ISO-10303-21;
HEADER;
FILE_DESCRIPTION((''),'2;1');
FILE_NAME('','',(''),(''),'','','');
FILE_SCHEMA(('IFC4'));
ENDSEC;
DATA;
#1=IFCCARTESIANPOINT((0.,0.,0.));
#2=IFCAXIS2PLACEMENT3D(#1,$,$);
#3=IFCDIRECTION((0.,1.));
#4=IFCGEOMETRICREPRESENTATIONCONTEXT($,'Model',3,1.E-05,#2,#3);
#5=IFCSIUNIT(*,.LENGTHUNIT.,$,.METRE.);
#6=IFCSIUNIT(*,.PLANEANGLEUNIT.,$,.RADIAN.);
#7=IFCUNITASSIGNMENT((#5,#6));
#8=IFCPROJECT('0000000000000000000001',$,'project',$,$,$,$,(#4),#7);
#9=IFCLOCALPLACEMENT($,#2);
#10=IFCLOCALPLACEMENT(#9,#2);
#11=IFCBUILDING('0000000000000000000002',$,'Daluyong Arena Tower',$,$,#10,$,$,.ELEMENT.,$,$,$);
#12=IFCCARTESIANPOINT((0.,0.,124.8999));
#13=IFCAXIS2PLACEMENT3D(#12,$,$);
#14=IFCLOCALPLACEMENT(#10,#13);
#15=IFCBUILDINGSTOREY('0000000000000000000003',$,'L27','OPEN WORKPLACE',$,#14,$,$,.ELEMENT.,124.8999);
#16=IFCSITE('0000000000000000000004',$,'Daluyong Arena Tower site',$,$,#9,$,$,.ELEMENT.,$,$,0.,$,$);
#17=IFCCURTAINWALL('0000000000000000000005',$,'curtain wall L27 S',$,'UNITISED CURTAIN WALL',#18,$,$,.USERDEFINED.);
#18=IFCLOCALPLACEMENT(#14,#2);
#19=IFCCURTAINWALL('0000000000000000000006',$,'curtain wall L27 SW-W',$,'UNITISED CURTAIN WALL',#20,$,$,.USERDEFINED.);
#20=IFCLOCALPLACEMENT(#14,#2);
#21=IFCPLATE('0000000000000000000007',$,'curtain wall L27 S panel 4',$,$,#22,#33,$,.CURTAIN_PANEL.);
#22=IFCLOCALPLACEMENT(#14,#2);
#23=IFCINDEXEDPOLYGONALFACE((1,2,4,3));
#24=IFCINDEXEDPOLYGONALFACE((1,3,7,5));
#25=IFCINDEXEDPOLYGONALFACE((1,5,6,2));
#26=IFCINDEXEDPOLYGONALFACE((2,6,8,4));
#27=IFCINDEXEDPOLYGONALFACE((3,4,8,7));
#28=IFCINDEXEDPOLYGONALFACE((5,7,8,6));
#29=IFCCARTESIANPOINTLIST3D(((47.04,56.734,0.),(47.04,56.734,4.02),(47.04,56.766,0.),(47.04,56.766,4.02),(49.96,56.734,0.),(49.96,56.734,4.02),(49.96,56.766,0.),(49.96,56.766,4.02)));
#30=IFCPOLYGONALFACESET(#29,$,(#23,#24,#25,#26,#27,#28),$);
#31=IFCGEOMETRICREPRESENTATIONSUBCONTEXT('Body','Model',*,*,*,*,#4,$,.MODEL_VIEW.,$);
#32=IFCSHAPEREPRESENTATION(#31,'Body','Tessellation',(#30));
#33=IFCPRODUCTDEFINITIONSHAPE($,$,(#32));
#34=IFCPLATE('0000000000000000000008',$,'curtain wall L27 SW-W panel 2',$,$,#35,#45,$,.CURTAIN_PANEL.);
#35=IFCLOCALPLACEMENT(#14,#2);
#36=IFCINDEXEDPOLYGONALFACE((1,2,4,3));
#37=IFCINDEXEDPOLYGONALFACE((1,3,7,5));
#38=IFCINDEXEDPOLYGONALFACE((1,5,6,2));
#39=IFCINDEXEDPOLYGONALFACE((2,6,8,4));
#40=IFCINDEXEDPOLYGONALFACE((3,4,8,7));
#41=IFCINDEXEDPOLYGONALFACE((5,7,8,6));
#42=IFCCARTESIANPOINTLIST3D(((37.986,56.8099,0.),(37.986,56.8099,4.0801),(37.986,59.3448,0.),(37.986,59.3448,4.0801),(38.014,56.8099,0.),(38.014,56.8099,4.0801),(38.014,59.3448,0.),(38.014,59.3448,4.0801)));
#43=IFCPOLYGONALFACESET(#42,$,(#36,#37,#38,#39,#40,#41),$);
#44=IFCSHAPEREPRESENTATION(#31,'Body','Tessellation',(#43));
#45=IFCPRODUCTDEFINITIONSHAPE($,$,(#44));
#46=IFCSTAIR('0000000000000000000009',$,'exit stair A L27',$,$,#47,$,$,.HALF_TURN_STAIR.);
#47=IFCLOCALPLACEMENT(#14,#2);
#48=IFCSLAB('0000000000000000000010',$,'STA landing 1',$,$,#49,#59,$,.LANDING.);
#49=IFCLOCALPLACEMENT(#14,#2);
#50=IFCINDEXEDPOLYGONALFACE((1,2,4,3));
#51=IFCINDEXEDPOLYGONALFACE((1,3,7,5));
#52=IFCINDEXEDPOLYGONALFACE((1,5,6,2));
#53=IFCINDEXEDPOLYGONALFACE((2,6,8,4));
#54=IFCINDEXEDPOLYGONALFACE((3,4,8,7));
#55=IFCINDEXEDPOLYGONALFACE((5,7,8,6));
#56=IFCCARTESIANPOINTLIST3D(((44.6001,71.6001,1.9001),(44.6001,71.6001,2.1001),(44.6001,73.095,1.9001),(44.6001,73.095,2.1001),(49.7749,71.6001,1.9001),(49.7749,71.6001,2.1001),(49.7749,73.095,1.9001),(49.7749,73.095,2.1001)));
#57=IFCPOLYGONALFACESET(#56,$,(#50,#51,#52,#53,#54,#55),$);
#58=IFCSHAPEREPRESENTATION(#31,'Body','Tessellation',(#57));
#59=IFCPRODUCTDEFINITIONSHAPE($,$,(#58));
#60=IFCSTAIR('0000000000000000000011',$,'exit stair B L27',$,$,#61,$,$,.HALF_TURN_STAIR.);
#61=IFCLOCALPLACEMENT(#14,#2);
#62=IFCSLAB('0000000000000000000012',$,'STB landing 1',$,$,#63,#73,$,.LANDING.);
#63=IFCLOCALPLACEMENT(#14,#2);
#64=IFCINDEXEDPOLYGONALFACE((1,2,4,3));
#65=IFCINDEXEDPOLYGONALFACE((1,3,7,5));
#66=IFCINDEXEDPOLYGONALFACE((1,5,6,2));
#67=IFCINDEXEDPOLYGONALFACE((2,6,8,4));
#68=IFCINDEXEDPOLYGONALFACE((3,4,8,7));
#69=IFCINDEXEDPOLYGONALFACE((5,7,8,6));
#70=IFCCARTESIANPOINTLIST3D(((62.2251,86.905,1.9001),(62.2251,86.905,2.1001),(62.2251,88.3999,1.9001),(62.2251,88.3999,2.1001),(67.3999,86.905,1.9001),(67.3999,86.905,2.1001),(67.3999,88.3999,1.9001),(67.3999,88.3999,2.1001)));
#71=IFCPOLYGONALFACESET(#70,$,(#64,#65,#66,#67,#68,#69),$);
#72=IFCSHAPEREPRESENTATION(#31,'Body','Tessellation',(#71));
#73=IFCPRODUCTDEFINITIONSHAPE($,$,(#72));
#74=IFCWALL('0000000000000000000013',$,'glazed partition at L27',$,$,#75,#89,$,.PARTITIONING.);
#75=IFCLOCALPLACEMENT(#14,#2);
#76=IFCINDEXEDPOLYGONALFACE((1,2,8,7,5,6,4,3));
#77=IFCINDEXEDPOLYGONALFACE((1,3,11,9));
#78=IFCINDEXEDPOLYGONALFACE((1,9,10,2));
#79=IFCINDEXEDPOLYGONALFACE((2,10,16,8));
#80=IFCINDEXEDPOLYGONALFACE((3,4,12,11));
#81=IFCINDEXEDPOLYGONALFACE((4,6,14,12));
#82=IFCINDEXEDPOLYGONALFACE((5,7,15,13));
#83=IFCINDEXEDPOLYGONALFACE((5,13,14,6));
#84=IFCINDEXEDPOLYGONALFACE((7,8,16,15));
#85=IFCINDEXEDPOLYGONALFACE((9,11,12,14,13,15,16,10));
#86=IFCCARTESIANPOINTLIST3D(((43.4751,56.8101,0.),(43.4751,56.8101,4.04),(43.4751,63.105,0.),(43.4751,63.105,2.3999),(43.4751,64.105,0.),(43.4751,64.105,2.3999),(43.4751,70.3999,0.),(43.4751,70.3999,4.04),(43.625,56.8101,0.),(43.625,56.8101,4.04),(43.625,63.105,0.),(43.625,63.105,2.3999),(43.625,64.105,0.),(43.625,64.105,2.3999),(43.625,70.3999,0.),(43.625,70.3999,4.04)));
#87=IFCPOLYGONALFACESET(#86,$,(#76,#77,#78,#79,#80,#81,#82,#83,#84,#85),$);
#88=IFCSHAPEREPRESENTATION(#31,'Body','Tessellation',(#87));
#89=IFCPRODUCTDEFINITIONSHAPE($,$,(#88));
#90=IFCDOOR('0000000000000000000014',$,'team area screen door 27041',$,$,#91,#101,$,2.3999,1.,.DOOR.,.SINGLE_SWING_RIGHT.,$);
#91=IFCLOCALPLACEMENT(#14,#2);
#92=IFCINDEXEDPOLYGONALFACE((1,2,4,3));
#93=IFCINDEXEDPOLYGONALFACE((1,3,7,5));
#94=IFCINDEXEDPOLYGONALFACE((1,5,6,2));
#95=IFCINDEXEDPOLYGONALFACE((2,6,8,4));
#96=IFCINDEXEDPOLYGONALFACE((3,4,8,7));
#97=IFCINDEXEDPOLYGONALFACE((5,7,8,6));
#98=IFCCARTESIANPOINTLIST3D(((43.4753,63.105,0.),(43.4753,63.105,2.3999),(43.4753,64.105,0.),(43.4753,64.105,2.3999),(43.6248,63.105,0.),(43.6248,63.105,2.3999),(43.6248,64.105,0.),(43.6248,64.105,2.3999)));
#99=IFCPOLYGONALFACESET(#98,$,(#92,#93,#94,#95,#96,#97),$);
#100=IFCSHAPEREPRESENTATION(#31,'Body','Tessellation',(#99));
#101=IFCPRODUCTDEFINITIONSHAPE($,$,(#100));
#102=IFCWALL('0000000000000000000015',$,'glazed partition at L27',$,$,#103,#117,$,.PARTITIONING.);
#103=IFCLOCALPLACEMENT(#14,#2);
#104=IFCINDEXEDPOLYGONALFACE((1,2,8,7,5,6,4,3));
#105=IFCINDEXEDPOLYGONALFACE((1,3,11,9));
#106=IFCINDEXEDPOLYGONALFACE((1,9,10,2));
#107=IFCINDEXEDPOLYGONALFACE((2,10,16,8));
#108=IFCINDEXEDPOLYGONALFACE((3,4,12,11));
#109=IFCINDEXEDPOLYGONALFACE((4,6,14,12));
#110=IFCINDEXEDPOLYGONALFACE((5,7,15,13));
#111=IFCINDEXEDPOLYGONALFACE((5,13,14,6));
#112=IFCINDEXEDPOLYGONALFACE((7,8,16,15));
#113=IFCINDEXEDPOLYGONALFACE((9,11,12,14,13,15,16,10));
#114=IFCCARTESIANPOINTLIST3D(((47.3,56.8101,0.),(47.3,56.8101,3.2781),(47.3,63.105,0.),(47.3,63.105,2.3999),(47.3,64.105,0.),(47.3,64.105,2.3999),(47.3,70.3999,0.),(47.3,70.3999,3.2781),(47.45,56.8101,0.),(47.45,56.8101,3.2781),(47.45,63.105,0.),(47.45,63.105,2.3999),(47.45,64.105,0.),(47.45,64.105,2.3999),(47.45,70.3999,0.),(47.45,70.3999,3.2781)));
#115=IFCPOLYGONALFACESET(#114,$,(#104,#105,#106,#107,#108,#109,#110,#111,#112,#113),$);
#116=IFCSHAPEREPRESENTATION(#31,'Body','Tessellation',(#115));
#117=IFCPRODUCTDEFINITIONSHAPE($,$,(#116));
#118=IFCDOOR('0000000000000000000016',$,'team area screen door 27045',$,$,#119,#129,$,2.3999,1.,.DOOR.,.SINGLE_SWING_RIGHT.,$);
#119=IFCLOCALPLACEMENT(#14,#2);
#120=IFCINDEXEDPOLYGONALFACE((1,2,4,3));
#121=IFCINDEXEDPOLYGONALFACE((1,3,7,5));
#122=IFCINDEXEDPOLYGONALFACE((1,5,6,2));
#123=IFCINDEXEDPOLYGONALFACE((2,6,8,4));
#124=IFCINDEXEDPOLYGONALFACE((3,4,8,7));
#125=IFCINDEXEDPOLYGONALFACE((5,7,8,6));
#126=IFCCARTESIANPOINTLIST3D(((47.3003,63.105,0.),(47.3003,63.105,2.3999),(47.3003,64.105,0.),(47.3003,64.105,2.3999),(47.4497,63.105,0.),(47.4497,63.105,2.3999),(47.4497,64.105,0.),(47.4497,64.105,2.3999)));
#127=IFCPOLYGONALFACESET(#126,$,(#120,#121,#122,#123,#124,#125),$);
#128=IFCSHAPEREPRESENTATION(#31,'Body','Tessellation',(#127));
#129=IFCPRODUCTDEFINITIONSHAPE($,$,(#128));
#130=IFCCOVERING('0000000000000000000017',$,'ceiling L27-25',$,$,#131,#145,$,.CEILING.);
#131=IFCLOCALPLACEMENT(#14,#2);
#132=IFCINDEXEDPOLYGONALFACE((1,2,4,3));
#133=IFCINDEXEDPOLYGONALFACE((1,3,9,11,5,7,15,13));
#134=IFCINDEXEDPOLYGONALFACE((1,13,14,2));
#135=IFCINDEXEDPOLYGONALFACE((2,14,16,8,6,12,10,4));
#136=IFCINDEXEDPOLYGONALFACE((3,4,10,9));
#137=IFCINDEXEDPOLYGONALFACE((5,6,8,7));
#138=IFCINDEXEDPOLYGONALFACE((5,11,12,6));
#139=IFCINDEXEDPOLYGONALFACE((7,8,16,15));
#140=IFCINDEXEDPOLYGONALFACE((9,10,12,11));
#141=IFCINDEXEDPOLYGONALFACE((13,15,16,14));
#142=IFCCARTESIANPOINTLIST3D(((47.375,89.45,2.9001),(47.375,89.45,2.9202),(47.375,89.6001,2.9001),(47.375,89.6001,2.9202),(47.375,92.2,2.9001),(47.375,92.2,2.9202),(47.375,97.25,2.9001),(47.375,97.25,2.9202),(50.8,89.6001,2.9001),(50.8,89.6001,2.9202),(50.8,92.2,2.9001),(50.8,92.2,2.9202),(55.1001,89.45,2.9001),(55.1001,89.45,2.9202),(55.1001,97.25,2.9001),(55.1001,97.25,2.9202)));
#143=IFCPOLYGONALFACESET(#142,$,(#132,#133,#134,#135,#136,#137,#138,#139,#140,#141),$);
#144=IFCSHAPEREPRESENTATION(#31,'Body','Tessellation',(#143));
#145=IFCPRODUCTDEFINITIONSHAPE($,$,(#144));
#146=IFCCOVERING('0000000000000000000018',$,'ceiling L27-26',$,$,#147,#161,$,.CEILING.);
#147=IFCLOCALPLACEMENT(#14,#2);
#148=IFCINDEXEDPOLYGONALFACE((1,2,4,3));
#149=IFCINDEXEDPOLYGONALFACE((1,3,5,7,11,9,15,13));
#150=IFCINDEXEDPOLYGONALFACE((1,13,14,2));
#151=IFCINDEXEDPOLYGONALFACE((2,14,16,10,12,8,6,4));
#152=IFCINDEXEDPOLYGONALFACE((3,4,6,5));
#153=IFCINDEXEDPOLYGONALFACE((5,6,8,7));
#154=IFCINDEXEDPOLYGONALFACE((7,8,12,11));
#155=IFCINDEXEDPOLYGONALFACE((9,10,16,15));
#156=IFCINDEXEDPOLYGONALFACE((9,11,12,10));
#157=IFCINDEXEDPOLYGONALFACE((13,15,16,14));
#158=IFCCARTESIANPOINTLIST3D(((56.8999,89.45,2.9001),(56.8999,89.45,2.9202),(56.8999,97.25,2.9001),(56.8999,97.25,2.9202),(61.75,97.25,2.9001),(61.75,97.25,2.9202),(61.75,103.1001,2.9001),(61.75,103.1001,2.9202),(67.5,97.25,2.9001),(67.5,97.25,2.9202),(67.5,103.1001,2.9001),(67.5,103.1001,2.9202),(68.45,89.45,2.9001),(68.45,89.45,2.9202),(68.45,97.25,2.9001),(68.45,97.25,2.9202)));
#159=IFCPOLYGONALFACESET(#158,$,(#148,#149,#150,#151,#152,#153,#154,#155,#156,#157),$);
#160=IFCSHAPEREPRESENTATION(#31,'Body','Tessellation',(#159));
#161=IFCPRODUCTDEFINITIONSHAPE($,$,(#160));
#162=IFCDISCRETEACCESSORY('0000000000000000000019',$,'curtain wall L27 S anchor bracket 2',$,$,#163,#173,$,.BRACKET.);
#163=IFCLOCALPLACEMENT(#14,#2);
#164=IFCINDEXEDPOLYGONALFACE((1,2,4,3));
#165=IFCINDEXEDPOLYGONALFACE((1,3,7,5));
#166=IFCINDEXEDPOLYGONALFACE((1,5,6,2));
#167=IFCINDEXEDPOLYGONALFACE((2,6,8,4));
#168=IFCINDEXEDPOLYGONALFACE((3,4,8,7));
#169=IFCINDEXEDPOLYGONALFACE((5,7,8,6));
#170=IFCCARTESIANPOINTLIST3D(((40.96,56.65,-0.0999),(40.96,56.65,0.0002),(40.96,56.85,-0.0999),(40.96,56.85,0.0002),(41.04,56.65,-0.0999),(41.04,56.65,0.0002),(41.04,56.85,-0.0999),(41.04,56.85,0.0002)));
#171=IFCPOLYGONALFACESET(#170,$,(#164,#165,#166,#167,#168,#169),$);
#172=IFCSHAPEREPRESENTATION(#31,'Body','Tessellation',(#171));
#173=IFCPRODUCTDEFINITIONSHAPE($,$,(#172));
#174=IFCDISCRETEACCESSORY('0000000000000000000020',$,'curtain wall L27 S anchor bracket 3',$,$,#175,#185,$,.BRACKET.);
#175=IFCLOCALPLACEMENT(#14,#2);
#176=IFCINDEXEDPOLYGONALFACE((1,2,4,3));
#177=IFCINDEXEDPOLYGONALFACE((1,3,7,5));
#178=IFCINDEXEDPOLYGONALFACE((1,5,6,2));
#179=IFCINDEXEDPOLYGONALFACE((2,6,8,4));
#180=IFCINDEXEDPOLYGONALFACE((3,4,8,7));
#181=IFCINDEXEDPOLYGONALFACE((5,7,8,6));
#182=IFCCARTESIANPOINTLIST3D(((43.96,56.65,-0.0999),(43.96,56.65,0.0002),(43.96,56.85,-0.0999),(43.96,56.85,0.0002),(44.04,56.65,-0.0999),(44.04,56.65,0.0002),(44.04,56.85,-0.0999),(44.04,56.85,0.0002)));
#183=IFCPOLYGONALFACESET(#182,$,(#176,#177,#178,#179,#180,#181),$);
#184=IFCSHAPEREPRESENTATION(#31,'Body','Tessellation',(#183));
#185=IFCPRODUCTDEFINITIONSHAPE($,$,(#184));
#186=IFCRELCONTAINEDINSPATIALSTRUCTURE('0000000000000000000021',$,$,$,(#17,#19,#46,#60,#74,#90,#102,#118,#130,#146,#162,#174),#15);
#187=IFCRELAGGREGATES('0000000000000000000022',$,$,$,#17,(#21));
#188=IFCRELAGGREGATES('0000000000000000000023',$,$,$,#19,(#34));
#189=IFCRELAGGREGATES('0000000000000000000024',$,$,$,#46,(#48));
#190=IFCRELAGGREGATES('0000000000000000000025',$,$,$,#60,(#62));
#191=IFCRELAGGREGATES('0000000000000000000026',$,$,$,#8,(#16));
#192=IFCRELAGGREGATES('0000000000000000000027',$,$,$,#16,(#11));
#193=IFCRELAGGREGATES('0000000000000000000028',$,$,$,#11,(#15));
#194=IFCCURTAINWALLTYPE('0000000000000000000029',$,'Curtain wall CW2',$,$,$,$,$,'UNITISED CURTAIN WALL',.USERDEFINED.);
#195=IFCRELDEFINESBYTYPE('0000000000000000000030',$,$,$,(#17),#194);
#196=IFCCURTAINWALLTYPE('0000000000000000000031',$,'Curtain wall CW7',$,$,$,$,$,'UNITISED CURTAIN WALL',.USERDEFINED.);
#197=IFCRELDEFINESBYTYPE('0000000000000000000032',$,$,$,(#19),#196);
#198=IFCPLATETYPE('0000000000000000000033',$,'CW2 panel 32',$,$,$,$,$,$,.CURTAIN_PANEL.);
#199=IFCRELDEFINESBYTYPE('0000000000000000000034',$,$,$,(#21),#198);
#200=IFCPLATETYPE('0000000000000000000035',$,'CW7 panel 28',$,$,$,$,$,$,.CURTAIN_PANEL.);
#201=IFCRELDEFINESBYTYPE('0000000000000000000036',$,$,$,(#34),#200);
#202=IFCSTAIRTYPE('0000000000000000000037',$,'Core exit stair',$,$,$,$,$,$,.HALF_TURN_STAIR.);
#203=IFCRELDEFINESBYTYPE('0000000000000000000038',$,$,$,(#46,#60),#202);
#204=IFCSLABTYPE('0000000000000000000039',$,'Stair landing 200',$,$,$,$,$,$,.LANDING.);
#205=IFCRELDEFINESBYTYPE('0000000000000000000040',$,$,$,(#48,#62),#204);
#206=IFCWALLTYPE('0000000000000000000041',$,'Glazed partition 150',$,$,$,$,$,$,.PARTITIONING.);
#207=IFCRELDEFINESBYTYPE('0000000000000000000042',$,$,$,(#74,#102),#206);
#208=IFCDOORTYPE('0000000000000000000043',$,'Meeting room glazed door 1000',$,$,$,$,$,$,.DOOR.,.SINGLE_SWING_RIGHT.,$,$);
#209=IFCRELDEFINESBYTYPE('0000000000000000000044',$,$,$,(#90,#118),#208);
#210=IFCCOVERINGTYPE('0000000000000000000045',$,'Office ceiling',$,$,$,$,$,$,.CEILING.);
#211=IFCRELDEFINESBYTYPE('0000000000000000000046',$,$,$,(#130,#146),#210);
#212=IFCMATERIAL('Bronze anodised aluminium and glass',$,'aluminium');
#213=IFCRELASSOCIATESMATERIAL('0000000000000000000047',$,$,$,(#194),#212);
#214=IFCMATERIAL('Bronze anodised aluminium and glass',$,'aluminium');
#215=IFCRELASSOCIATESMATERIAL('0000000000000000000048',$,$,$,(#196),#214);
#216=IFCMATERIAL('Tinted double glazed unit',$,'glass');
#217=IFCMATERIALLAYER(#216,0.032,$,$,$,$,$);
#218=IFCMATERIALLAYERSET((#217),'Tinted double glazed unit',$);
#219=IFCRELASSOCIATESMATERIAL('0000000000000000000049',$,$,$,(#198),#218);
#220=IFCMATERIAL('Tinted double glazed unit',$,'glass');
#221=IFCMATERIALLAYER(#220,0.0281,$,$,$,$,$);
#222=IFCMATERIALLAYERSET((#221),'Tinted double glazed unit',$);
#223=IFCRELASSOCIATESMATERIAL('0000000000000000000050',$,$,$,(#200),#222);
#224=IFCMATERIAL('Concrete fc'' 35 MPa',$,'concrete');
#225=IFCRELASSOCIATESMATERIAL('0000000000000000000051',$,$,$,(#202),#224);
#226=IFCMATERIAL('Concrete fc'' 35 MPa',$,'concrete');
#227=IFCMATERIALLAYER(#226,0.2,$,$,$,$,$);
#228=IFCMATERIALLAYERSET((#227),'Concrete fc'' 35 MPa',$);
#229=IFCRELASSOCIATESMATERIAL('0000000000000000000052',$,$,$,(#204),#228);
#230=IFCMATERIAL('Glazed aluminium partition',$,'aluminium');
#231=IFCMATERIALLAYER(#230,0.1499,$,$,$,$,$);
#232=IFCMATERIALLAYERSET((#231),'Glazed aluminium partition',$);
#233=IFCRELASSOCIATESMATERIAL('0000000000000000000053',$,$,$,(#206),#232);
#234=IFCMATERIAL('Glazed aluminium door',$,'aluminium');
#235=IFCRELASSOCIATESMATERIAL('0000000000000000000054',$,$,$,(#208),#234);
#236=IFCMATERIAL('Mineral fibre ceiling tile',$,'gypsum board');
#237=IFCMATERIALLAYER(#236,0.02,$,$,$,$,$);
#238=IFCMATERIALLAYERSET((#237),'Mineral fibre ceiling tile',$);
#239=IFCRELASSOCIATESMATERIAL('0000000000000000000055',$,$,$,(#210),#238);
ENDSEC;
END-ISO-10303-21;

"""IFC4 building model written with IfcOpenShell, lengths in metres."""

from ifc_helpers import new_model, si_unit, direction, frame, frame_2d, origin, origin_2d, place, context, subcontext, project, spatial, polyline, rectangle, outline, extrude, material, layer, layer_set, type_object, element, fill, aggregate, save


model = new_model("IFC4")

# Units and contexts
model_context = context("Model", 3, precision=1e-05, world=origin(), true_north=direction((0.0, 1.0)))
body_context = subcontext(model_context, "Body", "Model", "MODEL_VIEW")
ifc_project = project(units=[si_unit("LENGTHUNIT", "METRE"), si_unit("PLANEANGLEUNIT", "RADIAN")], contexts=[model_context])

# Site, building, storey
site_placement = place(None, origin())
site = spatial("IfcSite", under=ifc_project, at=site_placement, Name="Daluyong Arena Tower site", CompositionType="ELEMENT", RefElevation=0.0)
building_placement = place(site_placement, origin())
building = spatial("IfcBuilding", under=site, at=building_placement, Name="Daluyong Arena Tower", CompositionType="ELEMENT")
storey_placement = place(building_placement, frame((0.0, 0.0, 124.8999)))
storey = spatial("IfcBuildingStorey", under=building, at=storey_placement, Name="L27", Description="OPEN WORKPLACE", CompositionType="ELEMENT", Elevation=124.8999)

# Curtain wall
ifc_material_1 = material(Name="Bronze anodised aluminium and glass", Category="aluminium")
curtain_wall_type_1 = type_object("IfcCurtainWallType", Name="Curtain wall CW2", ElementType="UNITISED CURTAIN WALL", PredefinedType="USERDEFINED", material=ifc_material_1)
curtain_wall_1_placement = place(storey_placement, origin())
curtain_wall_1 = element("IfcCurtainWall", 1, at=curtain_wall_1_placement, inside=storey, type_object=curtain_wall_type_1, Name="curtain wall L27 S", ObjectType="UNITISED CURTAIN WALL", PredefinedType="USERDEFINED")

# Curtain wall
ifc_material_2 = material(Name="Bronze anodised aluminium and glass", Category="aluminium")
curtain_wall_type_2 = type_object("IfcCurtainWallType", Name="Curtain wall CW7", ElementType="UNITISED CURTAIN WALL", PredefinedType="USERDEFINED", material=ifc_material_2)
curtain_wall_2_placement = place(storey_placement, origin())
curtain_wall_2 = element("IfcCurtainWall", 2, at=curtain_wall_2_placement, inside=storey, type_object=curtain_wall_type_2, Name="curtain wall L27 SW-W", ObjectType="UNITISED CURTAIN WALL", PredefinedType="USERDEFINED")

# Plates
ifc_material_3 = material(Name="Tinted double glazed unit", Category="glass")
ifc_layer_1 = layer(ifc_material_3, 0.032)
ifc_layer_set_1 = layer_set([ifc_layer_1], Name="Tinted double glazed unit")
plate_type_1 = type_object("IfcPlateType", Name="CW2 panel 32", PredefinedType="CURTAIN_PANEL", material=ifc_layer_set_1)
plate_1_placement = place(storey_placement, frame((48.5, 56.75, 0.0), z_axis=(0.0, 0.0, 1.0), x_axis=(1.0, 0.0, 0.0)))
plate_1 = element("IfcPlate", 3, at=plate_1_placement, type_object=plate_type_1, Name="curtain wall L27 S panel 4", PredefinedType="CURTAIN_PANEL", context=body_context, shape_type="SweptSolid", body=[
    extrude(rectangle(XDim=2.9199, YDim=0.032, at=origin_2d()), origin(), (0.0, 0.0, 1.0), 4.02),
])
aggregate(curtain_wall_1, [plate_1])
ifc_material_4 = material(Name="Tinted double glazed unit", Category="glass")
ifc_layer_2 = layer(ifc_material_4, 0.0281)
ifc_layer_set_2 = layer_set([ifc_layer_2], Name="Tinted double glazed unit")
plate_type_2 = type_object("IfcPlateType", Name="CW7 panel 28", PredefinedType="CURTAIN_PANEL", material=ifc_layer_set_2)
plate_2_placement = place(storey_placement, frame((38.0, 58.0774, 0.0), z_axis=(0.0, 0.0, 1.0), x_axis=(0.0, -1.0, 0.0)))
plate_2 = element("IfcPlate", 4, at=plate_2_placement, type_object=plate_type_2, Name="curtain wall L27 SW-W panel 2", PredefinedType="CURTAIN_PANEL", context=body_context, shape_type="SweptSolid", body=[
    extrude(rectangle(XDim=2.5349, YDim=0.0281, at=origin_2d()), origin(), (0.0, 0.0, 1.0), 4.0801),
])
aggregate(curtain_wall_2, [plate_2])

# Stairs, slabs
ifc_material_5 = material(Name="Concrete fc' 35 MPa", Category="concrete")
stair_type = type_object("IfcStairType", Name="Core exit stair", PredefinedType="HALF_TURN_STAIR", material=ifc_material_5)
stair_1_placement = place(storey_placement, origin())
stair_1 = element("IfcStair", 5, at=stair_1_placement, inside=storey, type_object=stair_type, Name="exit stair A L27", PredefinedType="HALF_TURN_STAIR")
ifc_material_6 = material(Name="Concrete fc' 35 MPa", Category="concrete")
ifc_layer_3 = layer(ifc_material_6, 0.2)
ifc_layer_set_3 = layer_set([ifc_layer_3], Name="Concrete fc' 35 MPa")
slab_type = type_object("IfcSlabType", Name="Stair landing 200", PredefinedType="LANDING", material=ifc_layer_set_3)
slab_1_placement = place(storey_placement, frame((0.0, 0.0, 1.9001)))
slab_1 = element("IfcSlab", 6, at=slab_1_placement, type_object=slab_type, Name="STA landing 1", PredefinedType="LANDING", context=body_context, shape_type="SweptSolid", body=[
    extrude(outline(polyline([(44.6001, 71.6001), (49.7749, 71.6001), (49.7749, 73.095), (44.6001, 73.095), (44.6001, 71.6001)])), origin(), (0.0, 0.0, 1.0), 0.2),
])
aggregate(stair_1, [slab_1])
stair_2_placement = place(storey_placement, origin())
stair_2 = element("IfcStair", 7, at=stair_2_placement, inside=storey, type_object=stair_type, Name="exit stair B L27", PredefinedType="HALF_TURN_STAIR")
slab_2_placement = place(storey_placement, frame((0.0, 0.0, 1.9001)))
slab_2 = element("IfcSlab", 8, at=slab_2_placement, type_object=slab_type, Name="STB landing 1", PredefinedType="LANDING", context=body_context, shape_type="SweptSolid", body=[
    extrude(outline(polyline([(62.2251, 86.905), (67.3999, 86.905), (67.3999, 88.3999), (62.2251, 88.3999), (62.2251, 86.905)])), origin(), (0.0, 0.0, 1.0), 0.2),
])
aggregate(stair_2, [slab_2])

# Walls, openings, doors
ifc_material_7 = material(Name="Glazed aluminium partition", Category="aluminium")
ifc_layer_4 = layer(ifc_material_7, 0.1499)
ifc_layer_set_4 = layer_set([ifc_layer_4], Name="Glazed aluminium partition")
wall_type = type_object("IfcWallType", Name="Glazed partition 150", PredefinedType="PARTITIONING", material=ifc_layer_set_4)
wall_1_placement = place(storey_placement, frame((43.55, 56.8101, 0.0), z_axis=(0.0, 0.0, 1.0), x_axis=(0.0, 1.0, 0.0)))
wall_1 = element("IfcWall", 9, at=wall_1_placement, inside=storey, type_object=wall_type, Name="glazed partition at L27", PredefinedType="PARTITIONING", context=body_context, shape_type="SweptSolid", body=[
    extrude(rectangle(XDim=13.5898, YDim=0.1499, at=frame_2d((6.7949, 0.0))), origin(), (0.0, 0.0, 1.0), 4.04),
])
opening_1_placement = place(wall_1_placement, frame((6.2949, 0.0, 0.0)))
opening_1 = element("IfcOpeningElement", 10, at=opening_1_placement, cuts=wall_1, PredefinedType="OPENING", context=body_context, shape_type="SweptSolid", body=[
    extrude(rectangle(XDim=1.0, YDim=2.3999, at=frame_2d((0.5, 1.2))), frame((0.0, 0.085, 0.0), z_axis=(0.0, -1.0, 0.0), x_axis=(1.0, 0.0, 0.0)), (0.0, 0.0, 1.0), 0.1699),
])
ifc_material_8 = material(Name="Glazed aluminium door", Category="aluminium")
door_type = type_object("IfcDoorType", Name="Meeting room glazed door 1000", OperationType="SINGLE_SWING_RIGHT", PredefinedType="DOOR", material=ifc_material_8)
door_1_placement = place(opening_1_placement, origin())
door_1 = element("IfcDoor", 11, at=door_1_placement, inside=storey, type_object=door_type, Name="team area screen door 27041", OperationType="SINGLE_SWING_RIGHT", OverallHeight=2.3999, OverallWidth=1.0, PredefinedType="DOOR", context=body_context, shape_type="SweptSolid", body=[
    extrude(rectangle(XDim=1.0, YDim=2.3999, at=frame_2d((0.5, 1.2))), frame((0.0, 0.0747, 0.0), z_axis=(0.0, -1.0, 0.0), x_axis=(1.0, 0.0, 0.0)), (0.0, 0.0, 1.0), 0.1494),
])
fill(opening_1, door_1)
wall_2_placement = place(storey_placement, frame((47.375, 56.8101, 0.0), z_axis=(0.0, 0.0, 1.0), x_axis=(0.0, 1.0, 0.0)))
wall_2 = element("IfcWall", 12, at=wall_2_placement, inside=storey, type_object=wall_type, Name="glazed partition at L27", PredefinedType="PARTITIONING", context=body_context, shape_type="SweptSolid", body=[
    extrude(rectangle(XDim=13.5898, YDim=0.1499, at=frame_2d((6.7949, 0.0))), origin(), (0.0, 0.0, 1.0), 3.2781),
])
opening_2_placement = place(wall_2_placement, frame((6.2949, 0.0, 0.0)))
opening_2 = element("IfcOpeningElement", 13, at=opening_2_placement, cuts=wall_2, PredefinedType="OPENING", context=body_context, shape_type="SweptSolid", body=[
    extrude(rectangle(XDim=1.0, YDim=2.3999, at=frame_2d((0.5, 1.2))), frame((0.0, 0.085, 0.0), z_axis=(0.0, -1.0, 0.0), x_axis=(1.0, 0.0, 0.0)), (0.0, 0.0, 1.0), 0.1699),
])
door_2_placement = place(opening_2_placement, origin())
door_2 = element("IfcDoor", 14, at=door_2_placement, inside=storey, type_object=door_type, Name="team area screen door 27045", OperationType="SINGLE_SWING_RIGHT", OverallHeight=2.3999, OverallWidth=1.0, PredefinedType="DOOR", context=body_context, shape_type="SweptSolid", body=[
    extrude(rectangle(XDim=1.0, YDim=2.3999, at=frame_2d((0.5, 1.2))), frame((0.0, 0.0747, 0.0), z_axis=(0.0, -1.0, 0.0), x_axis=(1.0, 0.0, 0.0)), (0.0, 0.0, 1.0), 0.1494),
])
fill(opening_2, door_2)

# Coverings
ifc_material_9 = material(Name="Mineral fibre ceiling tile", Category="gypsum board")
ifc_layer_5 = layer(ifc_material_9, 0.02)
ifc_layer_set_5 = layer_set([ifc_layer_5], Name="Mineral fibre ceiling tile")
covering_type = type_object("IfcCoveringType", Name="Office ceiling", PredefinedType="CEILING", material=ifc_layer_set_5)
covering_1_placement = place(storey_placement, frame((0.0, 0.0, 2.9001)))
element("IfcCovering", 15, at=covering_1_placement, inside=storey, type_object=covering_type, Name="ceiling L27-25", PredefinedType="CEILING", context=body_context, shape_type="SweptSolid", body=[
    extrude(outline(polyline([(55.1001, 97.25), (47.375, 97.25), (47.375, 92.2), (50.8, 92.2), (50.8, 89.6001), (47.375, 89.6001), (47.375, 89.45), (55.1001, 89.45), (55.1001, 97.25)])), origin(), (0.0, 0.0, 1.0), 0.02),
])
covering_2_placement = place(storey_placement, frame((0.0, 0.0, 2.9001)))
element("IfcCovering", 16, at=covering_2_placement, inside=storey, type_object=covering_type, Name="ceiling L27-26", PredefinedType="CEILING", context=body_context, shape_type="SweptSolid", body=[
    extrude(outline(polyline([(56.8999, 89.45), (68.45, 89.45), (68.45, 97.25), (67.5, 97.25), (67.5, 103.1001), (61.75, 103.1001), (61.75, 97.25), (56.8999, 97.25), (56.8999, 89.45)])), origin(), (0.0, 0.0, 1.0), 0.02),
])

# Discrete accessories
for number, where, z_axis, x_axis, name in (
    (17, (41.0, 56.75, -0.0999), (0.0, 0.0, 1.0), (1.0, 0.0, 0.0), "curtain wall L27 S anchor bracket 2"),
    (18, (44.0, 56.75, -0.0999), (0.0, 0.0, 1.0), (1.0, 0.0, 0.0), "curtain wall L27 S anchor bracket 3"),
):
    element("IfcDiscreteAccessory", number, at=place(storey_placement, frame(where, z_axis=z_axis, x_axis=x_axis)), inside=storey, Name=name, PredefinedType="BRACKET", context=body_context, shape_type="SweptSolid", body=[
        extrude(rectangle(XDim=0.0801, YDim=0.2, at=origin_2d()), origin(), (0.0, 0.0, 1.0), 0.1001),
    ])

save(model, "model.ifc")
